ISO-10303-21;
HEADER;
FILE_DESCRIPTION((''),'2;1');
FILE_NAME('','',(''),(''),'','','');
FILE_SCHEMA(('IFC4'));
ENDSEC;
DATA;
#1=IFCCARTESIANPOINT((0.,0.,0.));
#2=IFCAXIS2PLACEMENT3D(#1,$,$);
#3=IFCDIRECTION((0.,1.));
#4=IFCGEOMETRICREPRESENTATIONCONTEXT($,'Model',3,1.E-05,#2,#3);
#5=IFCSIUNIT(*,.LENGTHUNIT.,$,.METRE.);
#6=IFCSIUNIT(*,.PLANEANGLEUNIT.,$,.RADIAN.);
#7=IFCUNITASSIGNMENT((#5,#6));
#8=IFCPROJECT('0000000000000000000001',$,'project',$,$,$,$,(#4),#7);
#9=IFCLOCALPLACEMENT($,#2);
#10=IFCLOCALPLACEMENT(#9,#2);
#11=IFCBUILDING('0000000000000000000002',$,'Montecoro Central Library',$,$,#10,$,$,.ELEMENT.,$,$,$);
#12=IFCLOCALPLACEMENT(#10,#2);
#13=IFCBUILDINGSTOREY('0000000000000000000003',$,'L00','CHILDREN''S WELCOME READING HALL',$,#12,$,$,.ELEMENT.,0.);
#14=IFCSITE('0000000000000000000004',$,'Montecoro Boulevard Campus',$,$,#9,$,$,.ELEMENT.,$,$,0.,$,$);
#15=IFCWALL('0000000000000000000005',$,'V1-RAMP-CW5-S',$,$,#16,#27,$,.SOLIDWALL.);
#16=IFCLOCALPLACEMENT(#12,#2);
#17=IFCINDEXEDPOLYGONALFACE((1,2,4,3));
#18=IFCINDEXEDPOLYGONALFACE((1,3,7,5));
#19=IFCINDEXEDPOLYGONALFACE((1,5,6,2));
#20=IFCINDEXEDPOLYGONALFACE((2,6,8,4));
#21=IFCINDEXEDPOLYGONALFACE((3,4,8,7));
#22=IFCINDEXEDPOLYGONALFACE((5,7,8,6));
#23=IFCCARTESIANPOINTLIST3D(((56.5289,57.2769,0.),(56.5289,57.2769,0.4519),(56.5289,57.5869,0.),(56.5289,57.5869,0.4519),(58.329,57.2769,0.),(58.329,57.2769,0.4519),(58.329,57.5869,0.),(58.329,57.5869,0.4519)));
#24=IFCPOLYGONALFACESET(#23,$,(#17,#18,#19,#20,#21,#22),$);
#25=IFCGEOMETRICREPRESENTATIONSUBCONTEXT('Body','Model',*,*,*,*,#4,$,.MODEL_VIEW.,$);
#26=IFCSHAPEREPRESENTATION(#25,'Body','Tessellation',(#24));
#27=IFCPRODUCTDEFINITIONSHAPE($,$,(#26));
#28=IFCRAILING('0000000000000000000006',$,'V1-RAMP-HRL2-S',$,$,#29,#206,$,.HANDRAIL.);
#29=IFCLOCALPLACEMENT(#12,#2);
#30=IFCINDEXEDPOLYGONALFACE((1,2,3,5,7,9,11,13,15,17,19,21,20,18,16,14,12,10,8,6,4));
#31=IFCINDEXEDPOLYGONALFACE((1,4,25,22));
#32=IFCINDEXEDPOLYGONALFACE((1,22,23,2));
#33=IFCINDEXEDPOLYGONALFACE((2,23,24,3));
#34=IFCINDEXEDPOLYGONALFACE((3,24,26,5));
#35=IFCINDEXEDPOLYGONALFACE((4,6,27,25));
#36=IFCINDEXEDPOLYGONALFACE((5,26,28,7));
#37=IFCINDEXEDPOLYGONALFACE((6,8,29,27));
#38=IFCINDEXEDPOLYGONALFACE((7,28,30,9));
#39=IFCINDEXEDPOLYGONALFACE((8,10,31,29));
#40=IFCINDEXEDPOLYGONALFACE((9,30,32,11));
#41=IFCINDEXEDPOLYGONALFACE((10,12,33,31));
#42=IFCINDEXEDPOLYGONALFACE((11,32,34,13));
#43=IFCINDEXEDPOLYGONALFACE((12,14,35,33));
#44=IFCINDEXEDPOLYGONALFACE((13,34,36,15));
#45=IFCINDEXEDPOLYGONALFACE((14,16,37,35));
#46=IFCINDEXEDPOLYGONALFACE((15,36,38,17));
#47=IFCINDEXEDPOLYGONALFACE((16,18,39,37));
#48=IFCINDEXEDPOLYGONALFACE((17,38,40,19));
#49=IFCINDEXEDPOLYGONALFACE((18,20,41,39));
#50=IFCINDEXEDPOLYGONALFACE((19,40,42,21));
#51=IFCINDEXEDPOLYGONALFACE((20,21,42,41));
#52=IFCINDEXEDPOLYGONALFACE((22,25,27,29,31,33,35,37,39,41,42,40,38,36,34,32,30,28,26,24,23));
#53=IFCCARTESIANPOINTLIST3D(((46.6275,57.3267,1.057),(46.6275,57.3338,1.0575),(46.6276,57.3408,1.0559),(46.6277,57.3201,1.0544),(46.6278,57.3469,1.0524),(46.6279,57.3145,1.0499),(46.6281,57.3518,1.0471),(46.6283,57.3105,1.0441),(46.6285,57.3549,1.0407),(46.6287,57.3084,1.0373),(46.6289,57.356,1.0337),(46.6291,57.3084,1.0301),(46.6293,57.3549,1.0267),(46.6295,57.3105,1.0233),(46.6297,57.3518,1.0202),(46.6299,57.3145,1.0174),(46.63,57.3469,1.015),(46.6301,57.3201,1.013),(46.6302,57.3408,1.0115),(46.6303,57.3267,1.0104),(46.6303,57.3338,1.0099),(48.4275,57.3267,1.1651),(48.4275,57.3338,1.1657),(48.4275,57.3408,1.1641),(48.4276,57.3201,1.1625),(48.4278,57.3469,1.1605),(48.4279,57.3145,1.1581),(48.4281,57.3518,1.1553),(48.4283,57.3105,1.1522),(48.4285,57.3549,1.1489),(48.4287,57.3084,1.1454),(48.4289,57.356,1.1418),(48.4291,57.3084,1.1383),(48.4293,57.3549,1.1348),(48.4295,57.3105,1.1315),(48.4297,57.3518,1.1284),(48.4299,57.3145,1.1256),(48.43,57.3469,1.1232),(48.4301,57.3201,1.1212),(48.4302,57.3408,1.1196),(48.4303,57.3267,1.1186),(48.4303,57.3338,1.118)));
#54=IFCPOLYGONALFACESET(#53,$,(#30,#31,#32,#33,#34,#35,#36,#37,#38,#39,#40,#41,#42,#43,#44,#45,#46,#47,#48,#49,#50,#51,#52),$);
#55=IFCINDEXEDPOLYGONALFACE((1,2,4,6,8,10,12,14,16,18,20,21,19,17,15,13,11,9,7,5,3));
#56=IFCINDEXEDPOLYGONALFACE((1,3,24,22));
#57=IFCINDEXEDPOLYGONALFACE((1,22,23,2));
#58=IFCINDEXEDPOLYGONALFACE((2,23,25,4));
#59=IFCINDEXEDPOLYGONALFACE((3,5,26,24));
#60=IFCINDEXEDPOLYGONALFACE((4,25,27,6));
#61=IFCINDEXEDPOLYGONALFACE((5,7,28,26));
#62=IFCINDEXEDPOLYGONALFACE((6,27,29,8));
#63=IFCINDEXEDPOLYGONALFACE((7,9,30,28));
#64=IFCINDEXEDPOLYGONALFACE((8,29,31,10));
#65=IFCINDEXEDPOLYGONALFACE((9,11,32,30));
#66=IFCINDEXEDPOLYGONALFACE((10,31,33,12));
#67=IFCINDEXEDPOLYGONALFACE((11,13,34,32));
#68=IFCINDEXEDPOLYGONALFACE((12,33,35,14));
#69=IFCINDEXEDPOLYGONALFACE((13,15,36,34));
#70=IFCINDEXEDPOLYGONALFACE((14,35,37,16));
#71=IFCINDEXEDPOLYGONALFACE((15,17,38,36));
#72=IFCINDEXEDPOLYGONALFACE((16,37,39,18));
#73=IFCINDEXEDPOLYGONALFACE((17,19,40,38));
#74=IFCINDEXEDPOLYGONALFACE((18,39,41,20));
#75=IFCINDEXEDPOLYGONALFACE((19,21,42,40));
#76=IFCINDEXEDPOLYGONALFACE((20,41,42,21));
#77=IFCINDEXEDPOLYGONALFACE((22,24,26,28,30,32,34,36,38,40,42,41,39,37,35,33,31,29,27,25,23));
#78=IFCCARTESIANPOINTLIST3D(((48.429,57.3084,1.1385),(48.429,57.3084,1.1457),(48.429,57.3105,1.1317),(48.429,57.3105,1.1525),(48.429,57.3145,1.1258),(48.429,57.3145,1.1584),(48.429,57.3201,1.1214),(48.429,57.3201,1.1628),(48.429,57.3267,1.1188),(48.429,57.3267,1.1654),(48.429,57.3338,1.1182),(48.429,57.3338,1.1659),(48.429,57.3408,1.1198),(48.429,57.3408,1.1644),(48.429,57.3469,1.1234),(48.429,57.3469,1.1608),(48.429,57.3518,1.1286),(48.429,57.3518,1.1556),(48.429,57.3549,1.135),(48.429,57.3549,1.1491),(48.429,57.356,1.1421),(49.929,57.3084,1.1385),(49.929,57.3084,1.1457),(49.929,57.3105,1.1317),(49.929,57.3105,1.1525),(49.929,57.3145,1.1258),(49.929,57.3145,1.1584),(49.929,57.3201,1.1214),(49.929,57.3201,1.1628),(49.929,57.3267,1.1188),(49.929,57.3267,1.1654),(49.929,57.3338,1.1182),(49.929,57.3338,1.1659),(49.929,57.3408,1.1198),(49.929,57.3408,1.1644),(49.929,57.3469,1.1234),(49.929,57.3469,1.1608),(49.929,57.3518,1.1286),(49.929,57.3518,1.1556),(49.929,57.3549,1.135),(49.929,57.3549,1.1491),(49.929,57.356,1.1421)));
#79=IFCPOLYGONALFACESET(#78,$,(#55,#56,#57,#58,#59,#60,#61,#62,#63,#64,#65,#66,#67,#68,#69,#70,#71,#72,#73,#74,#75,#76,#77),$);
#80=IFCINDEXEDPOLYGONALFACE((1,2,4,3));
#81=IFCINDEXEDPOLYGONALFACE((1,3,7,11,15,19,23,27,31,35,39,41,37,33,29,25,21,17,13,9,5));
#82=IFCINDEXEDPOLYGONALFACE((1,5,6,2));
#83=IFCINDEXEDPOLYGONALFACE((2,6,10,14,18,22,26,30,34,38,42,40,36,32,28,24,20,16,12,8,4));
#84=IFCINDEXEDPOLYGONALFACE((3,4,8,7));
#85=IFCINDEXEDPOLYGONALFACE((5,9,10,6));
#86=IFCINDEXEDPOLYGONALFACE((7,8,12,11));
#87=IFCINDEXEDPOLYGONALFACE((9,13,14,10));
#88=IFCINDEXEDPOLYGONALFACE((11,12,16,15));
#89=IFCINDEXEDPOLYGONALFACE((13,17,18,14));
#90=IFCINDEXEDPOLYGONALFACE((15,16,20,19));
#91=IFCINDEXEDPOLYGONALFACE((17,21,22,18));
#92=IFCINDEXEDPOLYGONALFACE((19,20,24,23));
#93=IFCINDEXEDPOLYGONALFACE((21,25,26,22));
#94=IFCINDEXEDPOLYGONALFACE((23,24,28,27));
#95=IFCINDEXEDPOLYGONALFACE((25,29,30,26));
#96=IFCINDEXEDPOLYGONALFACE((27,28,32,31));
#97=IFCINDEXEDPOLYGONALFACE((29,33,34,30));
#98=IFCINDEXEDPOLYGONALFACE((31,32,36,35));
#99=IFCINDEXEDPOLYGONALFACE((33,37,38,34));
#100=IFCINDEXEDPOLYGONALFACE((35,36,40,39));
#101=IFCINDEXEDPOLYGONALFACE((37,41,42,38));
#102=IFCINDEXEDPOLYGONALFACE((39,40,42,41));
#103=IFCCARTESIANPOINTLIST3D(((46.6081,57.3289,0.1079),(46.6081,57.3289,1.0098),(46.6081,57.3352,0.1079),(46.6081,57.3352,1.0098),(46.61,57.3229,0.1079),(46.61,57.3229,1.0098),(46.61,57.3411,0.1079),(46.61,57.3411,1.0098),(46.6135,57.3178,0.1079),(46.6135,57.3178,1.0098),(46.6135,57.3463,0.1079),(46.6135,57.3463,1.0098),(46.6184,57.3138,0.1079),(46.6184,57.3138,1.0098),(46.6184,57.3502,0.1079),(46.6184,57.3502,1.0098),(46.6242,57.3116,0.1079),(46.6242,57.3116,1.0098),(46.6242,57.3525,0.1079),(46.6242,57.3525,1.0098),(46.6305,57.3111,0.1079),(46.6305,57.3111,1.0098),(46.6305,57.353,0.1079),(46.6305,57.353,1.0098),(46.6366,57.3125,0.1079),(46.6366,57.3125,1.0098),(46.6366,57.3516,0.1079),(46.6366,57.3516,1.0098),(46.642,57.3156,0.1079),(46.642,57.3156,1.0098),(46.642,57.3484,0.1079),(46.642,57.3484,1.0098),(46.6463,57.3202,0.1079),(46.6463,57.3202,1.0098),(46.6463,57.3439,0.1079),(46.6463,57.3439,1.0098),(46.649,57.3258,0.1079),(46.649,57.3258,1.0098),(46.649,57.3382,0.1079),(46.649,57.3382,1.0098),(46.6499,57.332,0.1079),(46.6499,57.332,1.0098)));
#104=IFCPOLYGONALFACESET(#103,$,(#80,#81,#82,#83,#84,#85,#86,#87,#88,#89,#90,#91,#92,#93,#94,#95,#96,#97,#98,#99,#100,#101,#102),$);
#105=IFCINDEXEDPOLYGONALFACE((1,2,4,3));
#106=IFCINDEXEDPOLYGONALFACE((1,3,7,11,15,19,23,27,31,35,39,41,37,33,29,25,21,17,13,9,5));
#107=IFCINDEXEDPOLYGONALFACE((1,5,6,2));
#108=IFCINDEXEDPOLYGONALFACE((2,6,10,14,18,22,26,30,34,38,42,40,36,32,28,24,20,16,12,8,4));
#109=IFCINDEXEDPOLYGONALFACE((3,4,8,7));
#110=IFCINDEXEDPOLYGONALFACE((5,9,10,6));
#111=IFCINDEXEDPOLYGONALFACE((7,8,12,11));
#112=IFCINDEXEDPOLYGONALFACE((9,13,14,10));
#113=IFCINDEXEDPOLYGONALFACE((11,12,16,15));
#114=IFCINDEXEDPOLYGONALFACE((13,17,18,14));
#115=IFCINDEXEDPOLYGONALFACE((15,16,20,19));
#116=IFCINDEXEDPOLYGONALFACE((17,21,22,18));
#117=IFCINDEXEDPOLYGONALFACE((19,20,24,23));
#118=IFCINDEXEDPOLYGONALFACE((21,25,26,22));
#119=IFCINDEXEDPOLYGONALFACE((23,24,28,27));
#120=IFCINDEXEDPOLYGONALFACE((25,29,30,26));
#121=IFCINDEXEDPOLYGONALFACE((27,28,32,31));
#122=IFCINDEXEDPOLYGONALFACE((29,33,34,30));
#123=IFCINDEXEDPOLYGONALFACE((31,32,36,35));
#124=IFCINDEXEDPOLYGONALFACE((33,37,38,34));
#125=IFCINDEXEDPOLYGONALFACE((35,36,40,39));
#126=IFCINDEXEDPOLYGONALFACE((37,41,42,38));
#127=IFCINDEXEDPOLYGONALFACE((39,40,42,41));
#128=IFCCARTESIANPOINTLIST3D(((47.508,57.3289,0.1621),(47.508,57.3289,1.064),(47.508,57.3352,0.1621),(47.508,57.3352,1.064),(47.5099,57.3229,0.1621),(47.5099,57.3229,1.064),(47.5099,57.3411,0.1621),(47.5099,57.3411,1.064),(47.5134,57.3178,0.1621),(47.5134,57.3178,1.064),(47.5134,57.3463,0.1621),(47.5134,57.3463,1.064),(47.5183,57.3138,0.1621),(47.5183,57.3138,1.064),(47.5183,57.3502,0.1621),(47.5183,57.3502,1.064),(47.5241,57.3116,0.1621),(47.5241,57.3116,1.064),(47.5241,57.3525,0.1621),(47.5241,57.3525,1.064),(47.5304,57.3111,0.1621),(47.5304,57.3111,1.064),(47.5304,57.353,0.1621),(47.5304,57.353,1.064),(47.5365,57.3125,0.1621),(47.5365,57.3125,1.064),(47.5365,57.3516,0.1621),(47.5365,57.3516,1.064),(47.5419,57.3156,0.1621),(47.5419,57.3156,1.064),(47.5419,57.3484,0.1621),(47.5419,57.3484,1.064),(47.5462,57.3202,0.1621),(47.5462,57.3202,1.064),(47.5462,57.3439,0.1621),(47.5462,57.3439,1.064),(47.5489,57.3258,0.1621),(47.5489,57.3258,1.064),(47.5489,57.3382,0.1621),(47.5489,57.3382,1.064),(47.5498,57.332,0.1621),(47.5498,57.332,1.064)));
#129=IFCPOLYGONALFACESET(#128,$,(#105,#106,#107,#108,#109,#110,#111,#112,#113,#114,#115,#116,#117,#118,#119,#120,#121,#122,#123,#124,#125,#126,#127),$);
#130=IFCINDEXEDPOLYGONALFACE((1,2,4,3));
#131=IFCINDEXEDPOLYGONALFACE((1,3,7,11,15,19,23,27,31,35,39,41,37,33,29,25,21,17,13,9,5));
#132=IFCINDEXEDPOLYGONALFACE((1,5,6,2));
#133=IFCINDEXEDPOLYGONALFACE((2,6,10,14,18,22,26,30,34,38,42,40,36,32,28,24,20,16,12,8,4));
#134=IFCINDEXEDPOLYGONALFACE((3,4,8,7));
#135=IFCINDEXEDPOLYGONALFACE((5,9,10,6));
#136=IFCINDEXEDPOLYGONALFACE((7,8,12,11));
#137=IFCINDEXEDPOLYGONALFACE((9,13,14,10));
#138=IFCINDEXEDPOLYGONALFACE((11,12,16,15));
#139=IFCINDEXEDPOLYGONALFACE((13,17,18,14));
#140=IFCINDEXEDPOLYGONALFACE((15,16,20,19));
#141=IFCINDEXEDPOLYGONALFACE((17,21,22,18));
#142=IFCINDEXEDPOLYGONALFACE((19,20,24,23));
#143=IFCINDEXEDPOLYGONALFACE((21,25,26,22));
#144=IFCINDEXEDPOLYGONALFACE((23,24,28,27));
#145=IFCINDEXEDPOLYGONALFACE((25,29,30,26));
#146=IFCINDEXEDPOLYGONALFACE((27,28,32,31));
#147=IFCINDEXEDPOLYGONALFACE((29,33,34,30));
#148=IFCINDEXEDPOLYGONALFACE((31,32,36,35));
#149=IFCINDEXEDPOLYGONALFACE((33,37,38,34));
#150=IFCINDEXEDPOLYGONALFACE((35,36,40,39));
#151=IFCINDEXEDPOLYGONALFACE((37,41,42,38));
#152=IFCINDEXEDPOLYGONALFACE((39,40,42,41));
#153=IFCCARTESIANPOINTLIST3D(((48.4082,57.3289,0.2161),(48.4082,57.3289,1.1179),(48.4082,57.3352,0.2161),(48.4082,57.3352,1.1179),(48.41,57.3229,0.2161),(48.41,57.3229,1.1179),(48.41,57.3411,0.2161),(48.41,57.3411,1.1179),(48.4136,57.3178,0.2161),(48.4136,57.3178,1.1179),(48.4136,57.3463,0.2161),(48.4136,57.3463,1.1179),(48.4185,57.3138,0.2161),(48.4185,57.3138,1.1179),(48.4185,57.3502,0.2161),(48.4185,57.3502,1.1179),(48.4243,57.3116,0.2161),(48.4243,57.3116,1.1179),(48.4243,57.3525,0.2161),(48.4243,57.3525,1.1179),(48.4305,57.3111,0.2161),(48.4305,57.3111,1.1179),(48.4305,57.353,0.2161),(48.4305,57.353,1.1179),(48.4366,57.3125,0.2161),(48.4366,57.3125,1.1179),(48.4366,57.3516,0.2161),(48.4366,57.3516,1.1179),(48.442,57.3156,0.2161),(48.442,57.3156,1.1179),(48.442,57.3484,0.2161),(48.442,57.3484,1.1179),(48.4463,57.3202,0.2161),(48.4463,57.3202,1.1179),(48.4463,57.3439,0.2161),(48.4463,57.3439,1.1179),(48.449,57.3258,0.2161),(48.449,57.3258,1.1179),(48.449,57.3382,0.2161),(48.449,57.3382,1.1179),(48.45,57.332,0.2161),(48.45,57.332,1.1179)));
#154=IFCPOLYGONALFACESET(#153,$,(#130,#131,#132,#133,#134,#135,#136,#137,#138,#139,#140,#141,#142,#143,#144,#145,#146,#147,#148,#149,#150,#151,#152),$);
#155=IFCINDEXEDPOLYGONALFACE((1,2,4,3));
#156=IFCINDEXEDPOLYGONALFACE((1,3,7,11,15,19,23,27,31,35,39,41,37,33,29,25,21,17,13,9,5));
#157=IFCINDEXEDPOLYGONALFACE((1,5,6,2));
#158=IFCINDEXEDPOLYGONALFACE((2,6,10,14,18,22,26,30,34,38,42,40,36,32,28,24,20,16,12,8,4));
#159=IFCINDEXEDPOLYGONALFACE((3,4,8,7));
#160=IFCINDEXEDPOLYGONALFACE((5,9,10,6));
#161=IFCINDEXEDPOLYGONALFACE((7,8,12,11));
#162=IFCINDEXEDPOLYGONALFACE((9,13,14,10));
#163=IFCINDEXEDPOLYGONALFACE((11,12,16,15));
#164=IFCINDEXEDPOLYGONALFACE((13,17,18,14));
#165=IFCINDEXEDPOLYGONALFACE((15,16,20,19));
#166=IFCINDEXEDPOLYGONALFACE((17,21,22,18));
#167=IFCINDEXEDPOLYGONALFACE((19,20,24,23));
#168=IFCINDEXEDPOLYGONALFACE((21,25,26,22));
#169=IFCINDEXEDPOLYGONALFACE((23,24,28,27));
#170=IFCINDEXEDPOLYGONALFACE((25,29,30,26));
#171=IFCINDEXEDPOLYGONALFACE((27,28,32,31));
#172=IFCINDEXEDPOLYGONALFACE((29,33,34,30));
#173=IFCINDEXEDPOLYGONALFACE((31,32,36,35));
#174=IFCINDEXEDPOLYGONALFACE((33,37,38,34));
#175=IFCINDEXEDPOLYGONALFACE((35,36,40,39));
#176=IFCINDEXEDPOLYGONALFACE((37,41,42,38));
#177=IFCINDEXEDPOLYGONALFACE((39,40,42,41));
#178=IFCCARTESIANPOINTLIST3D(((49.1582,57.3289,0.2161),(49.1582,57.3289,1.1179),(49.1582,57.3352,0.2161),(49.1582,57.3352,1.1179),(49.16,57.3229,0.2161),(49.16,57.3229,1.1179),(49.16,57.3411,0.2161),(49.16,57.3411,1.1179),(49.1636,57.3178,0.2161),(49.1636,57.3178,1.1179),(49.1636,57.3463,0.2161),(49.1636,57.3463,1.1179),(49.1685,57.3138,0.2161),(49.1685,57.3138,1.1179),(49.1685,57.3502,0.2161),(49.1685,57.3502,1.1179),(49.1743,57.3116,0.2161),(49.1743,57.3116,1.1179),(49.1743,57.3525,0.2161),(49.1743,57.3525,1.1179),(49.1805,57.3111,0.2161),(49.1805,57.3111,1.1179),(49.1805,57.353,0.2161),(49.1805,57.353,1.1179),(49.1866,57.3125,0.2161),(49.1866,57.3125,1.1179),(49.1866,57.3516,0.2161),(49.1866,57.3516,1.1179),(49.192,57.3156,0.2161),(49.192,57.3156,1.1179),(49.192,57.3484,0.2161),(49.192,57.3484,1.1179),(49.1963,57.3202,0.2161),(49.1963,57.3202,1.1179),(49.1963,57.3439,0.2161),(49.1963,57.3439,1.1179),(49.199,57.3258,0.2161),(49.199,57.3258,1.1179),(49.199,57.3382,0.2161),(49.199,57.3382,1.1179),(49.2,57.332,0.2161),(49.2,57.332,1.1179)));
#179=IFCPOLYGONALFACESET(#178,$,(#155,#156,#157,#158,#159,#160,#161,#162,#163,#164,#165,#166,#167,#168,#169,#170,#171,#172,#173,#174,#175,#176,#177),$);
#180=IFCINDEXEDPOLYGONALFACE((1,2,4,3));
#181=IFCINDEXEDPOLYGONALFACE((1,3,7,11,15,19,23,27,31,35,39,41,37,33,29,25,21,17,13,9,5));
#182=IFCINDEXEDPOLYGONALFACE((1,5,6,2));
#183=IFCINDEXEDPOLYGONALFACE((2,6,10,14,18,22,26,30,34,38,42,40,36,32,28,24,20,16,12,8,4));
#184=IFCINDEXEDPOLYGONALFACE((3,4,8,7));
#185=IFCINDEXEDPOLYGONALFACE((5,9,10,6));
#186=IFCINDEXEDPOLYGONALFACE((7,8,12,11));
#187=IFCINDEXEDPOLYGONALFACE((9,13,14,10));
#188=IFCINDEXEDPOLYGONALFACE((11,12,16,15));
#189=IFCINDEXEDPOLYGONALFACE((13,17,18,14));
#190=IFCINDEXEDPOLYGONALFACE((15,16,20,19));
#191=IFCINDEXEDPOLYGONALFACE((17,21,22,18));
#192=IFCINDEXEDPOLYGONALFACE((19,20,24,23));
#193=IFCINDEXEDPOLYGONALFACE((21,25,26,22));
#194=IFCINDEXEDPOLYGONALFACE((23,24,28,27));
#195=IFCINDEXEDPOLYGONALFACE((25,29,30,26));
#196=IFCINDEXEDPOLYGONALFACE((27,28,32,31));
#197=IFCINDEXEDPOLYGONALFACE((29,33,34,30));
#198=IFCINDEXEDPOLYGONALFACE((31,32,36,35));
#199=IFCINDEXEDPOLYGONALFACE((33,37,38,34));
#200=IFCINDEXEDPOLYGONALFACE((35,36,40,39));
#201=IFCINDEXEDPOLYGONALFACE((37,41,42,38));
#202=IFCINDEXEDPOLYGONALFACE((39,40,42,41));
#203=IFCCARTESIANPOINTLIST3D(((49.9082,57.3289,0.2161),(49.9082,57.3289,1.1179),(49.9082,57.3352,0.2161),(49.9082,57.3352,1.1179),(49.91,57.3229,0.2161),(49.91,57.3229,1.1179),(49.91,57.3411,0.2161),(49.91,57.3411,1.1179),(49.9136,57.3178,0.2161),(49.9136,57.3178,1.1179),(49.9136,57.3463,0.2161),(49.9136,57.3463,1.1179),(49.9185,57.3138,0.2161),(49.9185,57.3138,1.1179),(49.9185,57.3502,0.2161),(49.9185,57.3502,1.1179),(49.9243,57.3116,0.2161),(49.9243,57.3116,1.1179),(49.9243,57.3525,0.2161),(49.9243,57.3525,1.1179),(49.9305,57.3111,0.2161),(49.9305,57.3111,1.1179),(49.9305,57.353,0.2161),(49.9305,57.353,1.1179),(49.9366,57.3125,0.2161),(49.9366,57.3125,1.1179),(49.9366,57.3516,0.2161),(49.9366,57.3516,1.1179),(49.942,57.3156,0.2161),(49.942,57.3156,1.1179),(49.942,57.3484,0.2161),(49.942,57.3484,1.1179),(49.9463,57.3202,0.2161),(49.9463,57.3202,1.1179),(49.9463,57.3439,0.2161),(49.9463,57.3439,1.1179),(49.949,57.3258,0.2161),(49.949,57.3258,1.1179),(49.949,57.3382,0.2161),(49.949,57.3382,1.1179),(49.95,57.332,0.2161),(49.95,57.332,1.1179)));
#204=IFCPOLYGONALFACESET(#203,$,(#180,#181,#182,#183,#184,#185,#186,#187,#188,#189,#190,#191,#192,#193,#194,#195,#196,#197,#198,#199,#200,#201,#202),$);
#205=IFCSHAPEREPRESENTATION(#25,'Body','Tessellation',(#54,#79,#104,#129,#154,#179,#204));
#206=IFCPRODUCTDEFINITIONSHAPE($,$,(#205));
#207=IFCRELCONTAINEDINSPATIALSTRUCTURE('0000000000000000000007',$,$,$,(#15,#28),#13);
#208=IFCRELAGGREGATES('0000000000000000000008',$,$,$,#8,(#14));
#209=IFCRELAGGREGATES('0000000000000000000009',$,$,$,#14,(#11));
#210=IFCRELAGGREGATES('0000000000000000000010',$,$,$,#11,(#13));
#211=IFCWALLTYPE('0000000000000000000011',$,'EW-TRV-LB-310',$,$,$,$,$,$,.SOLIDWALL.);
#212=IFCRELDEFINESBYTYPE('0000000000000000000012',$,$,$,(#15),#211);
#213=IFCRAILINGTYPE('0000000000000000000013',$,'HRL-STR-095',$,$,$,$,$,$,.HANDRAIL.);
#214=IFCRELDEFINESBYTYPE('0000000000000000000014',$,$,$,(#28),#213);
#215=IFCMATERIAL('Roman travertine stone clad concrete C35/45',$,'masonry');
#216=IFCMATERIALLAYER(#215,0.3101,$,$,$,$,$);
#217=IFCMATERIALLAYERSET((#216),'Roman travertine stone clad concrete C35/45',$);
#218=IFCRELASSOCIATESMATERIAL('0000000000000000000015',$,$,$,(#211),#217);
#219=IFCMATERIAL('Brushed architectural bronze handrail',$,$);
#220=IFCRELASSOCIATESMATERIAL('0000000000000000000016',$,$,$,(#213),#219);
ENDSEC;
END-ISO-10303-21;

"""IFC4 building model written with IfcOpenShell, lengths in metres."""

from ifc_helpers import new_model, si_unit, direction, frame, frame_2d, origin, origin_2d, place, context, subcontext, project, spatial, rectangle, circle, extrude, material, layer, layer_set, type_object, element, save


model = new_model("IFC4")

# Units and contexts
model_context = context("Model", 3, precision=1e-05, world=origin(), true_north=direction((0.0, 1.0)))
body_context = subcontext(model_context, "Body", "Model", "MODEL_VIEW")
ifc_project = project(units=[si_unit("LENGTHUNIT", "METRE"), si_unit("PLANEANGLEUNIT", "RADIAN")], contexts=[model_context])

# Site, building, storey
site_placement = place(None, origin())
site = spatial("IfcSite", under=ifc_project, at=site_placement, Name="Montecoro Boulevard Campus", CompositionType="ELEMENT", RefElevation=0.0)
building_placement = place(site_placement, origin())
building = spatial("IfcBuilding", under=site, at=building_placement, Name="Montecoro Central Library", CompositionType="ELEMENT")
storey_placement = place(building_placement, origin())
storey = spatial("IfcBuildingStorey", under=building, at=storey_placement, Name="L00", Description="CHILDREN'S WELCOME READING HALL", CompositionType="ELEMENT", Elevation=0.0)

# Wall
ifc_material_1 = material(Name="Roman travertine stone clad concrete C35/45", Category="masonry")
ifc_layer = layer(ifc_material_1, 0.3101)
ifc_layer_set = layer_set([ifc_layer], Name="Roman travertine stone clad concrete C35/45")
wall_type = type_object("IfcWallType", Name="EW-TRV-LB-310", PredefinedType="SOLIDWALL", material=ifc_layer_set)
wall_1_placement = place(storey_placement, frame((56.5291, 57.4319, 0.0), z_axis=(0.0, 0.0, 1.0), x_axis=(1.0, 0.0, 0.0)))
element("IfcWall", 1, at=wall_1_placement, inside=storey, type_object=wall_type, Name="V1-RAMP-CW5-S", PredefinedType="SOLIDWALL", context=body_context, shape_type="SweptSolid", body=[
    extrude(rectangle(XDim=1.8, YDim=0.3101, at=frame_2d((0.8999, 0.0))), origin(), (0.0, 0.0, 1.0), 0.4519),
])

# Railing
ifc_material_2 = material(Name="Brushed architectural bronze handrail")
railing_type = type_object("IfcRailingType", Name="HRL-STR-095", PredefinedType="HANDRAIL", material=ifc_material_2)
railing_1_placement = place(storey_placement, frame((46.6289, 57.332, 0.1079)))
element("IfcRailing", 2, at=railing_1_placement, inside=storey, type_object=railing_type, Name="V1-RAMP-HRL2-S", PredefinedType="HANDRAIL", context=body_context, shape_type="SweptSolid", body=[
    extrude(circle(Radius=0.0239, at=origin_2d()), frame((0.0, 0.0, 0.9258), z_axis=(0.9982, 0.0, 0.059976), x_axis=(0.0, 1.0, 0.0)), (0.0, 0.0, 1.0), 1.8032),
    extrude(circle(Radius=0.0239, at=origin_2d()), frame((1.8, 0.0, 1.0342), z_axis=(1.0, 0.0, 0.0), x_axis=(0.0, 1.0, 0.0)), (0.0, 0.0, 1.0), 1.5),
    extrude(circle(Radius=0.021, at=origin_2d()), origin(), (0.0, 0.0, 1.0), 0.9019),
    extrude(circle(Radius=0.021, at=origin_2d()), frame((0.8999, 0.0, 0.0542)), (0.0, 0.0, 1.0), 0.9019),
    extrude(circle(Radius=0.021, at=origin_2d()), frame((1.8, 0.0, 0.1082)), (0.0, 0.0, 1.0), 0.9019),
    extrude(circle(Radius=0.021, at=origin_2d()), frame((2.55, 0.0, 0.1082)), (0.0, 0.0, 1.0), 0.9019),
    extrude(circle(Radius=0.021, at=origin_2d()), frame((3.3, 0.0, 0.1082)), (0.0, 0.0, 1.0), 0.9019),
])

save(model, "model.ifc")
